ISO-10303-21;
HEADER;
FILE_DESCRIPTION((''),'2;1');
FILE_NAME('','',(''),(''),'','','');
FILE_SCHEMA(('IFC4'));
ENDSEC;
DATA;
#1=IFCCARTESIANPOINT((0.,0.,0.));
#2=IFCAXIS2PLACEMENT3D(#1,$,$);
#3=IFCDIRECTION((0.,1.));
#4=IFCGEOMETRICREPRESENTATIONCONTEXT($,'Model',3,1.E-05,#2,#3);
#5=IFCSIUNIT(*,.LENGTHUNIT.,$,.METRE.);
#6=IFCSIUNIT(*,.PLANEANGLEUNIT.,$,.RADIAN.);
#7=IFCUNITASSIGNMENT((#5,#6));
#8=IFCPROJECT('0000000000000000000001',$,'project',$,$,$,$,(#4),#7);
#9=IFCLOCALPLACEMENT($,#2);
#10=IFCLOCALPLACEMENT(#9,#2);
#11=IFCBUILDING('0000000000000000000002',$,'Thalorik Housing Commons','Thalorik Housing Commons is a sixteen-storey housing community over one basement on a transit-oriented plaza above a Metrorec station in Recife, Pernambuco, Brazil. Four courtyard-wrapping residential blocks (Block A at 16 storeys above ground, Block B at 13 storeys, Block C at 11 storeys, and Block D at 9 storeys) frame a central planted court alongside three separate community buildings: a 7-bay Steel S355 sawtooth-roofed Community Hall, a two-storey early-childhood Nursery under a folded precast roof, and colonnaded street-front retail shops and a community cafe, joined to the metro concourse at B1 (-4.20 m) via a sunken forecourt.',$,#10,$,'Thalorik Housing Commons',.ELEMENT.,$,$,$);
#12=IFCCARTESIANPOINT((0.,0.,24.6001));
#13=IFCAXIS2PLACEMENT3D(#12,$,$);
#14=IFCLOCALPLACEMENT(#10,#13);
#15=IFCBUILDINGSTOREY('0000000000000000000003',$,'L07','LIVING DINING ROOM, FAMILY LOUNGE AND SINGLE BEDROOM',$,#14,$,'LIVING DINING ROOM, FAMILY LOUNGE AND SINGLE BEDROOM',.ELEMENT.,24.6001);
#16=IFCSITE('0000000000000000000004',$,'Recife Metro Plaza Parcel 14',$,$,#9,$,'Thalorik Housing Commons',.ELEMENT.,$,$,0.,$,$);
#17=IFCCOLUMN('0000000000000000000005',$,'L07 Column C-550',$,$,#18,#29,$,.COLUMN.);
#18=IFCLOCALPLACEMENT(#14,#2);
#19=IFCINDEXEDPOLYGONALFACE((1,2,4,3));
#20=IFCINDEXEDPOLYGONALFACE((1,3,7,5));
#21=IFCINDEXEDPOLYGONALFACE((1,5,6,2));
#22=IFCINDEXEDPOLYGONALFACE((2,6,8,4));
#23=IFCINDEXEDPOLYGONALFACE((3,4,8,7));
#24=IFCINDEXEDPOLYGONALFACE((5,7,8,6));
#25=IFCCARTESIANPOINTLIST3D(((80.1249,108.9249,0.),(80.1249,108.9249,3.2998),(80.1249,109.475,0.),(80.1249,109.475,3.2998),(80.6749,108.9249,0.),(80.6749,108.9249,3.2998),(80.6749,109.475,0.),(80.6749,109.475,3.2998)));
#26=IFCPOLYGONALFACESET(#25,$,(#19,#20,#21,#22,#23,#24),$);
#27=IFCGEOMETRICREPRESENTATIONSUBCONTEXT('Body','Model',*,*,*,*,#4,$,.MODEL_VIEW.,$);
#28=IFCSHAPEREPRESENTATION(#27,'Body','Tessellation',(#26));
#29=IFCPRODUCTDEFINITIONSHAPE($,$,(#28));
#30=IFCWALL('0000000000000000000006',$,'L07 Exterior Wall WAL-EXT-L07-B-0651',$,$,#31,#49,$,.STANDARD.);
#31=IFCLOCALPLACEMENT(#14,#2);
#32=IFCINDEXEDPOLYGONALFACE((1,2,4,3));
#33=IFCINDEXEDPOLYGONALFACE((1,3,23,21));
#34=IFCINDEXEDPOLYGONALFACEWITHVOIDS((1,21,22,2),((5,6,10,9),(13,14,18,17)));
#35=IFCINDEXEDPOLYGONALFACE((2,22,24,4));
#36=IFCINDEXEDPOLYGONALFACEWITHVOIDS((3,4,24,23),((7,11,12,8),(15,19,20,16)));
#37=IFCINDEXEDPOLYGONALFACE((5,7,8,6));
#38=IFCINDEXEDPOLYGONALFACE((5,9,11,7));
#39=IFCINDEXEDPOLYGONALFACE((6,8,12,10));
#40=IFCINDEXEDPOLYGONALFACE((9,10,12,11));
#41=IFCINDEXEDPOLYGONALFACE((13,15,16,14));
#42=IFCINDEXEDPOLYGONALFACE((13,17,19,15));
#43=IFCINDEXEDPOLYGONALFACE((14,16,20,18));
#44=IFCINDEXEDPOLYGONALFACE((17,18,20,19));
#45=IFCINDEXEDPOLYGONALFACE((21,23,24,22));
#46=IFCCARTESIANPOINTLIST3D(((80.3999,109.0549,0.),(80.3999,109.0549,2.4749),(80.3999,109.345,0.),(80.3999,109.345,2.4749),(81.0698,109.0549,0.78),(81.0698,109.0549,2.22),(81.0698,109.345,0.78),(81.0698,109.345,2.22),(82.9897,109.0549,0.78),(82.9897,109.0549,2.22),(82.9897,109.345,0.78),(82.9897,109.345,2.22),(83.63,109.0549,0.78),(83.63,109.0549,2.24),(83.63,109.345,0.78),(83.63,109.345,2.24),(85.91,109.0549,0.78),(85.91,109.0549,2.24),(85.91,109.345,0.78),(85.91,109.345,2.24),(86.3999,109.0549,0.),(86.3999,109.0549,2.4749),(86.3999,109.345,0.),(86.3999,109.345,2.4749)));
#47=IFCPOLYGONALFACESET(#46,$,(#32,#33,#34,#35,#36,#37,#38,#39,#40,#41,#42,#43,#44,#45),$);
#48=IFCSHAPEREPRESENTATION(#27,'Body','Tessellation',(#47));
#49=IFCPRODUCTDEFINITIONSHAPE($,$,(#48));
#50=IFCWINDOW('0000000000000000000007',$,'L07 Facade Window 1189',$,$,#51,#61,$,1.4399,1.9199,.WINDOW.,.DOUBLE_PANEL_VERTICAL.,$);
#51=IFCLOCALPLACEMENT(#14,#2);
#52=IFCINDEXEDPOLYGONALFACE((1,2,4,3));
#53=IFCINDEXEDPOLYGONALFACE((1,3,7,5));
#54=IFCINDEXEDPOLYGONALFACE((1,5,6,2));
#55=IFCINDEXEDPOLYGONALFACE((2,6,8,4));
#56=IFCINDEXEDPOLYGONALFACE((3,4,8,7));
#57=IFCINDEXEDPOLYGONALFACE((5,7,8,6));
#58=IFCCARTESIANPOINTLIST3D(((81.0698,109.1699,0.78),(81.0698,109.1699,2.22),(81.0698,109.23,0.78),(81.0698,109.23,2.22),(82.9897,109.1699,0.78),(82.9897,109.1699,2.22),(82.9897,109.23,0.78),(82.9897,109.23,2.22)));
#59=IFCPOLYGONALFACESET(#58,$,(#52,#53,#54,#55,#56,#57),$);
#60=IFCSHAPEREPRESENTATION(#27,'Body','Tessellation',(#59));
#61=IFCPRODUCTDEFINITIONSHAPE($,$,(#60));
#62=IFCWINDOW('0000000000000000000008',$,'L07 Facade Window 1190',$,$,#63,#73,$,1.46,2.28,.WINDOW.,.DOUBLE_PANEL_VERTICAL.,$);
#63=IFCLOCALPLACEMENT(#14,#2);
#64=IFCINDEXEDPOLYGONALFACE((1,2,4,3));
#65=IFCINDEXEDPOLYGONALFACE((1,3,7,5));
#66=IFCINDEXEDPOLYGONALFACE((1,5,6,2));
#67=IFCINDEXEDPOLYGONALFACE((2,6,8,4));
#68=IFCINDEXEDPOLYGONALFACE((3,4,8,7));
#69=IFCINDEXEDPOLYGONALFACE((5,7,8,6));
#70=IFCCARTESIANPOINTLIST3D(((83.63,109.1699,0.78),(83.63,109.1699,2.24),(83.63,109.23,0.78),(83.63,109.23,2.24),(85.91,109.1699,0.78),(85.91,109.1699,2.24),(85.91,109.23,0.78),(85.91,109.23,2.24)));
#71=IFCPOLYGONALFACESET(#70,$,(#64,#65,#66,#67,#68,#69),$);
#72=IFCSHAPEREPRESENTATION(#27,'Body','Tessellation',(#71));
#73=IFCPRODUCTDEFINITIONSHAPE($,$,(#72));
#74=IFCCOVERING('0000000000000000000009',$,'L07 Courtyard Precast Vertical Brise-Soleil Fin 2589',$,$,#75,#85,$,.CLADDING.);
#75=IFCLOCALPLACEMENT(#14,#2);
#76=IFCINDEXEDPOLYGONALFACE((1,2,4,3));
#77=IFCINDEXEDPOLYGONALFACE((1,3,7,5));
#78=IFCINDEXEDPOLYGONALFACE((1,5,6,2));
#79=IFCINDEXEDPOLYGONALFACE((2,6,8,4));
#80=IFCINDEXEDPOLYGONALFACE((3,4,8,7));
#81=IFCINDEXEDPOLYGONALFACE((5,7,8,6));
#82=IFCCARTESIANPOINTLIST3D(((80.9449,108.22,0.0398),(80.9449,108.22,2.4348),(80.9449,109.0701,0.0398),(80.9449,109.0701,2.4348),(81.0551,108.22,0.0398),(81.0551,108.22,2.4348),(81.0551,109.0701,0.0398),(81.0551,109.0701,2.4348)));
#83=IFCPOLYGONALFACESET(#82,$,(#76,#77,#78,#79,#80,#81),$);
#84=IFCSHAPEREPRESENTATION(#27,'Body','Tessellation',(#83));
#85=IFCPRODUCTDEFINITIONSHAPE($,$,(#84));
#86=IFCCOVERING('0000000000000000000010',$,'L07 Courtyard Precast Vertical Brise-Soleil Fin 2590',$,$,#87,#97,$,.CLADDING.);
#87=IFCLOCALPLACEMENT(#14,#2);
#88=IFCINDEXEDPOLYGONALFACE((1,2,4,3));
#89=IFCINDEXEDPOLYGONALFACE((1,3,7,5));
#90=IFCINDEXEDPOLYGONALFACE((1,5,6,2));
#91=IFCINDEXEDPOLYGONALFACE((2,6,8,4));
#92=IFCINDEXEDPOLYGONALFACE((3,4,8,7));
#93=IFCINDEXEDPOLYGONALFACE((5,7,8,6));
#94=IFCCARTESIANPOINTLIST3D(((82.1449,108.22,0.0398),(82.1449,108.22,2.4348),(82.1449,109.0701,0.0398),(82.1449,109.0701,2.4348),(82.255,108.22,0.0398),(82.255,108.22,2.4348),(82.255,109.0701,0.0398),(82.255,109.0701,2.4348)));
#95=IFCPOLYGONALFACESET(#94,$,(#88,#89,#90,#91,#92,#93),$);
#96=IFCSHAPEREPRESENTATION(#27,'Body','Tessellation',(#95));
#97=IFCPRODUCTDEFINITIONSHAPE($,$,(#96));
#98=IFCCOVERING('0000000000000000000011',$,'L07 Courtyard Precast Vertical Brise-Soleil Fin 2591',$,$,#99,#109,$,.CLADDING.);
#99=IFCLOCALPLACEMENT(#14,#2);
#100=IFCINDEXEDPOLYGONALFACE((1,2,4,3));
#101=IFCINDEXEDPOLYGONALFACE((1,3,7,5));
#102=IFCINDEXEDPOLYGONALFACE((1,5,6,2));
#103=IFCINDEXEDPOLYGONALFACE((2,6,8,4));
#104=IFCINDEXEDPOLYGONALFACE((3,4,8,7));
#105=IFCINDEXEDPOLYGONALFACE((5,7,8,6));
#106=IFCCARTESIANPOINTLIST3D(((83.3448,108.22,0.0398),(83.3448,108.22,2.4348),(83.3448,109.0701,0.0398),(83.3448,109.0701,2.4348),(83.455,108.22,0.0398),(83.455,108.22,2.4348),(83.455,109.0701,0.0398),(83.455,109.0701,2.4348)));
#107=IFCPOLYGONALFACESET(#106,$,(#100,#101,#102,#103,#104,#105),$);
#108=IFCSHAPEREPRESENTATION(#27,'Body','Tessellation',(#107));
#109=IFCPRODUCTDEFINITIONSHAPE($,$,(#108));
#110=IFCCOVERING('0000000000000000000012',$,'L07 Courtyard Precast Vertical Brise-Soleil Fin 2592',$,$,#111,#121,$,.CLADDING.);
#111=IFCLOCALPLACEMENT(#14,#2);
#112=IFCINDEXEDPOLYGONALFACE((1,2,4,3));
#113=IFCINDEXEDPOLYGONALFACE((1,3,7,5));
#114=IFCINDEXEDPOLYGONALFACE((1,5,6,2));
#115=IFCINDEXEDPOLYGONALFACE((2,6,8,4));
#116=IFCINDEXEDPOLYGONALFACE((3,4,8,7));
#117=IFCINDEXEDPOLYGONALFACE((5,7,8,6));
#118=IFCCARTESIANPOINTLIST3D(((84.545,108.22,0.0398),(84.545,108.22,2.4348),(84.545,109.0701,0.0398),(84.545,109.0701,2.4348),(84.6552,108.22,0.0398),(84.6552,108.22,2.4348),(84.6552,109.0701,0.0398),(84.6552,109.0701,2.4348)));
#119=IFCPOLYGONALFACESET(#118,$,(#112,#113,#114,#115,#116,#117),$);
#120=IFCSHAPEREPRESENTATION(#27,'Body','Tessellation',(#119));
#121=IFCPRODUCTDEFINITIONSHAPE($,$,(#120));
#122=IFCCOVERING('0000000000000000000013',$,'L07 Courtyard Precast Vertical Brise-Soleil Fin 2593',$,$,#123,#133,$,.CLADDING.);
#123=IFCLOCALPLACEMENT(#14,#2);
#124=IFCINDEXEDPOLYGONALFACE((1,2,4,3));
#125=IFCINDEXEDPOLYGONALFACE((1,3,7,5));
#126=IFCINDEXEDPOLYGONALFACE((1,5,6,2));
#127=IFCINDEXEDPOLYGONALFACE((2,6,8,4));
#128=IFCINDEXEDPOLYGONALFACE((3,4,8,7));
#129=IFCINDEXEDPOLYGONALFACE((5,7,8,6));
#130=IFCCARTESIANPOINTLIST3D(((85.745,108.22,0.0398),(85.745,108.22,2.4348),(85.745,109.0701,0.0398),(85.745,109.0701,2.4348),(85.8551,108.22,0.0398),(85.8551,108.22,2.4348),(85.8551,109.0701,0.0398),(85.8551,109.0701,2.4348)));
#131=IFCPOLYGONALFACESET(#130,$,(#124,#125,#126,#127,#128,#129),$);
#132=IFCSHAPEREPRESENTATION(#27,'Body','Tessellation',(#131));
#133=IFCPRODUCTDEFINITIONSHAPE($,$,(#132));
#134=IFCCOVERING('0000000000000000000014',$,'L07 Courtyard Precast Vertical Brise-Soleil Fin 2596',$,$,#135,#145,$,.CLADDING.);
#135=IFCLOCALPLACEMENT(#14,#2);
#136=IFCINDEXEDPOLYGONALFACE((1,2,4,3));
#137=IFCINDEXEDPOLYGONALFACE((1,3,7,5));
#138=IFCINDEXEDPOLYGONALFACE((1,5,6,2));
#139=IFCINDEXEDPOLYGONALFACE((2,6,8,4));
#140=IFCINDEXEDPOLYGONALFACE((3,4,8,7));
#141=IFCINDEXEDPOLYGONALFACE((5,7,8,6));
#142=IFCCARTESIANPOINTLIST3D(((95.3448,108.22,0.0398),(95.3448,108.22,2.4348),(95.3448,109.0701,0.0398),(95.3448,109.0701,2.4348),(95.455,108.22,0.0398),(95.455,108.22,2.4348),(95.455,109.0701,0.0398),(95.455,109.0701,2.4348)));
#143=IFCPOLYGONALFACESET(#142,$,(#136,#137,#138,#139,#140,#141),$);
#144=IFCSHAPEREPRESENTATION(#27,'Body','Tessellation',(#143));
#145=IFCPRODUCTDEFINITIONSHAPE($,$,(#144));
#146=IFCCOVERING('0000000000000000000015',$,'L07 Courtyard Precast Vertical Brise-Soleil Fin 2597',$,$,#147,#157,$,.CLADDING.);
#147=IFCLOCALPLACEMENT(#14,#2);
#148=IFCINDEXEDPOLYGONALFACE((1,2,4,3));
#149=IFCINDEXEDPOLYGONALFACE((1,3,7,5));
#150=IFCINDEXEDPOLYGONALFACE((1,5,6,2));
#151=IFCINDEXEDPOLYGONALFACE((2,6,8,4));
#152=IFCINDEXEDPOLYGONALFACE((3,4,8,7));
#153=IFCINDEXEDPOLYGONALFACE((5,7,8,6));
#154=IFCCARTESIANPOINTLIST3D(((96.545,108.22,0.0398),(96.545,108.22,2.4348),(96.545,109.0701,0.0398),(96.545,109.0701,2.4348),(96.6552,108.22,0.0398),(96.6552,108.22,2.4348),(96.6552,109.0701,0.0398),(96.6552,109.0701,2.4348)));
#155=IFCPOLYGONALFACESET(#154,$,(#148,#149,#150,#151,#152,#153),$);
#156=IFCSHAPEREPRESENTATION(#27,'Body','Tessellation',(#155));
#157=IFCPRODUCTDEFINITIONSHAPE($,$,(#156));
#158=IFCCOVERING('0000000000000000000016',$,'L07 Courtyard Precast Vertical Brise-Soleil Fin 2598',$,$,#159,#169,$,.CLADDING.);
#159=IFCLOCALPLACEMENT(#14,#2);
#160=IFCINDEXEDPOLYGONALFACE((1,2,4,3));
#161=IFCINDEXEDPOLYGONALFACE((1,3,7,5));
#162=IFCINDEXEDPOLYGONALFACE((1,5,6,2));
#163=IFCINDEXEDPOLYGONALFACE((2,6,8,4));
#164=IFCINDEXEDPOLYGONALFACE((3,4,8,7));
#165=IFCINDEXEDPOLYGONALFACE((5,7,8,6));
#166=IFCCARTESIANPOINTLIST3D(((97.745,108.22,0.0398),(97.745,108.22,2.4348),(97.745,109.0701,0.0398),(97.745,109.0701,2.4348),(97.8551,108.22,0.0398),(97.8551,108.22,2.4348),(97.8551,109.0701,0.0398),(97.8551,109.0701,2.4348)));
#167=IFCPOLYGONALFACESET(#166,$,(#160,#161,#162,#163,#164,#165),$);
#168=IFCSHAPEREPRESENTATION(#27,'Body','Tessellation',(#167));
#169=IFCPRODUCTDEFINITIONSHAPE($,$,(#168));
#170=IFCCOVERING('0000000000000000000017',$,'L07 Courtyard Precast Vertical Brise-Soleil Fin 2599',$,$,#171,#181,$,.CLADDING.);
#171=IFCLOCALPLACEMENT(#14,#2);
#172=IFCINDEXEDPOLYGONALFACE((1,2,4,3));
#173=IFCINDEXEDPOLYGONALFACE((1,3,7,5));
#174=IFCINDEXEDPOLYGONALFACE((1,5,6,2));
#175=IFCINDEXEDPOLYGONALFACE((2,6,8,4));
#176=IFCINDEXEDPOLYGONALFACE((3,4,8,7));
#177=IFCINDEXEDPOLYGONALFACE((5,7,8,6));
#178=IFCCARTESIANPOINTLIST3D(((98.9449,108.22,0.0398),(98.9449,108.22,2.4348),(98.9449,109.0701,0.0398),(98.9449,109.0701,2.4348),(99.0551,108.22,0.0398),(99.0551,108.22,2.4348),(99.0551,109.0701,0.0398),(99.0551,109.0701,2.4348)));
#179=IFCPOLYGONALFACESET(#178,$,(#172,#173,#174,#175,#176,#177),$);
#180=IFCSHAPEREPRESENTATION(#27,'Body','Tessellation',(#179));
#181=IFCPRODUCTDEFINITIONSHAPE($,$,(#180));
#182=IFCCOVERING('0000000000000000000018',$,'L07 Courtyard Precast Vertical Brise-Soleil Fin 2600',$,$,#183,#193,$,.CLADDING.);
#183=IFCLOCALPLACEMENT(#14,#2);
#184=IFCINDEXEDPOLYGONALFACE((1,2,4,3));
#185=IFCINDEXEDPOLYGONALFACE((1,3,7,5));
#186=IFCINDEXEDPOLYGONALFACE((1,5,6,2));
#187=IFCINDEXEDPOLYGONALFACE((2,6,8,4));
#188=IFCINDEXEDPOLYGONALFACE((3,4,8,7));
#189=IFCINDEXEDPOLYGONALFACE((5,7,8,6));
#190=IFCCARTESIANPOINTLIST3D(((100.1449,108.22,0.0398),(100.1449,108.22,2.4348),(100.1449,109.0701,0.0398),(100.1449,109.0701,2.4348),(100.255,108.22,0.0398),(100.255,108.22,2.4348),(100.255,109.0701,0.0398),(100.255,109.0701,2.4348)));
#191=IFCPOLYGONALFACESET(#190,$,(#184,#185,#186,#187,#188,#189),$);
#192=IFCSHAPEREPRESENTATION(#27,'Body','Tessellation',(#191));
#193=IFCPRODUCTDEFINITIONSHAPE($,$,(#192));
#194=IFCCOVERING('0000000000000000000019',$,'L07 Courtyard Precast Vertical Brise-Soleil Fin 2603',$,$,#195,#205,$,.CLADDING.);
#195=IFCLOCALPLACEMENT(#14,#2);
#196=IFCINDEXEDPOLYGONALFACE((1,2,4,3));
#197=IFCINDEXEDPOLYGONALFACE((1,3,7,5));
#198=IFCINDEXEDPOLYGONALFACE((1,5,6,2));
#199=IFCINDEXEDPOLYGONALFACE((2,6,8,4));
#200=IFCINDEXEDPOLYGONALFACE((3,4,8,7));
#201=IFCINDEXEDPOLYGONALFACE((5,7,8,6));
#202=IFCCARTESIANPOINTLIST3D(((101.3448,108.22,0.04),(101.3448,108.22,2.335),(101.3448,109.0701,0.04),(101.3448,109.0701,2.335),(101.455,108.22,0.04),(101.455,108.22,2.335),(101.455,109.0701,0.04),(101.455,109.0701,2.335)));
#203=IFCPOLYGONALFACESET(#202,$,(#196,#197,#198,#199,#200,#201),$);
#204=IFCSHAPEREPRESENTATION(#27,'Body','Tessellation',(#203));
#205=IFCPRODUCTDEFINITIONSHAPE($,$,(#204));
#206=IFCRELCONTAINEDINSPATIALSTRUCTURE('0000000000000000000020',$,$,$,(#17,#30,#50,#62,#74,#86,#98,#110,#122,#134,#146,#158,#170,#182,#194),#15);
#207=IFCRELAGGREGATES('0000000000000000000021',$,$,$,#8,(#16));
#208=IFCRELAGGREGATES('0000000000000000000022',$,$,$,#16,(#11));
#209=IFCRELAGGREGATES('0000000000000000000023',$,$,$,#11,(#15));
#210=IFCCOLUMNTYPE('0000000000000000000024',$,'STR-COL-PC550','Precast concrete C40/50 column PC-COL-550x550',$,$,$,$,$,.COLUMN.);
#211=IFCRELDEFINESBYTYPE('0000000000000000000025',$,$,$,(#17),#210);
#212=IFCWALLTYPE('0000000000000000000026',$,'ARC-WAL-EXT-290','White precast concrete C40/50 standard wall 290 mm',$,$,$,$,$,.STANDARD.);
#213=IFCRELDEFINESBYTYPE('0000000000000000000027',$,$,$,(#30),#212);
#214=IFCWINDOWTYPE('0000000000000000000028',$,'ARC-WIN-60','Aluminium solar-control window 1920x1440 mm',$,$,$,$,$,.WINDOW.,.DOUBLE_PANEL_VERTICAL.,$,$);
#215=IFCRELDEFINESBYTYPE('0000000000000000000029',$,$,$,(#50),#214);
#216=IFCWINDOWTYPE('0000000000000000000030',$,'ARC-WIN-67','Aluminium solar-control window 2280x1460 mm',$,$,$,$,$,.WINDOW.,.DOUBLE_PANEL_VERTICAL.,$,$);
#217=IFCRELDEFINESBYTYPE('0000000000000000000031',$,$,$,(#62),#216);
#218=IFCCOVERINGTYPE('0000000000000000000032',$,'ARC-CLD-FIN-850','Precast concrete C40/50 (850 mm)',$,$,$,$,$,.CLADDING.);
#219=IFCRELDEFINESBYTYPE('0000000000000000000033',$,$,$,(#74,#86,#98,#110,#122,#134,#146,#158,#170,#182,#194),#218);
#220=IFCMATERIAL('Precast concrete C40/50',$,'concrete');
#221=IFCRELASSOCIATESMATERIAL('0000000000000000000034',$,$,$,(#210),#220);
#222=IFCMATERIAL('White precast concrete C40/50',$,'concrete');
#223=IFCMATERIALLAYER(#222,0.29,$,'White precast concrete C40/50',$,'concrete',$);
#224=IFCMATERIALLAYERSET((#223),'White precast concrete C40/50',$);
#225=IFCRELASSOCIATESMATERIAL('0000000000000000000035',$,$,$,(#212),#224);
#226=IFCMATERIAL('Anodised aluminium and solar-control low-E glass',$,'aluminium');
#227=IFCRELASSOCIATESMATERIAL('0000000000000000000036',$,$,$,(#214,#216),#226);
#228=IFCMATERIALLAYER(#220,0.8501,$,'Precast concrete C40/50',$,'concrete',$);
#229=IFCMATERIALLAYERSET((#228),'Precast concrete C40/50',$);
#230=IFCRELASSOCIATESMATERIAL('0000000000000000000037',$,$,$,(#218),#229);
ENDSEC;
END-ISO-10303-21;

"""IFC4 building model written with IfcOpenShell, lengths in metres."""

from ifc_helpers import new_model, si_unit, direction, frame, frame_2d, origin, origin_2d, place, context, subcontext, project, spatial, rectangle, extrude, material, layer, layer_set, material_profile, profile_set, type_object, element, fill, save


model = new_model("IFC4")

# Units and contexts
model_context = context("Model", 3, precision=1e-05, world=origin(), true_north=direction((0.0, 1.0)))
body_context = subcontext(model_context, "Body", "Model", "MODEL_VIEW")
ifc_project = project(units=[si_unit("LENGTHUNIT", "METRE"), si_unit("PLANEANGLEUNIT", "RADIAN")], contexts=[model_context])

# Site, building, storey
site_placement = place(None, origin())
site = spatial("IfcSite", under=ifc_project, at=site_placement, Name="Recife Metro Plaza Parcel 14", LongName="Thalorik Housing Commons", CompositionType="ELEMENT", RefElevation=0.0)
building_placement = place(site_placement, origin())
building = spatial("IfcBuilding", under=site, at=building_placement, Name="Thalorik Housing Commons", Description="Thalorik Housing Commons is a sixteen-storey housing community over one basement on a transit-oriented plaza above a Metrorec station in Recife, Pernambuco, Brazil. Four courtyard-wrapping residential blocks (Block A at 16 storeys above ground, Block B at 13 storeys, Block C at 11 storeys, and Block D at 9 storeys) frame a central planted court alongside three separate community buildings: a 7-bay Steel S355 sawtooth-roofed Community Hall, a two-storey early-childhood Nursery under a folded precast roof, and colonnaded street-front retail shops and a community cafe, joined to the metro concourse at B1 (-4.20 m) via a sunken forecourt.", LongName="Thalorik Housing Commons", CompositionType="ELEMENT")
storey_placement = place(building_placement, frame((0.0, 0.0, 24.6001)))
storey = spatial("IfcBuildingStorey", under=building, at=storey_placement, Name="L07", Description="LIVING DINING ROOM, FAMILY LOUNGE AND SINGLE BEDROOM", LongName="LIVING DINING ROOM, FAMILY LOUNGE AND SINGLE BEDROOM", CompositionType="ELEMENT", Elevation=24.6001)

# Column
ifc_material_1 = material(Name="Precast concrete C40/50", Category="concrete")
ifc_material_profile = material_profile(ifc_material_1, rectangle(XDim=0.55, YDim=0.55, at=origin_2d()), Name="PC 550x550", Category="concrete")
ifc_profile_set = profile_set([ifc_material_profile], Name="Precast concrete C40/50")
column_type = type_object("IfcColumnType", Name="STR-COL-PC550", Description="Precast concrete C40/50 column PC-COL-550x550", PredefinedType="COLUMN", material=ifc_profile_set)
column_placement = place(storey_placement, frame((80.3999, 109.2, 0.0), z_axis=(0.0, 0.0, 1.0), x_axis=(1.0, 0.0, 0.0)))
element("IfcColumn", 1, at=column_placement, inside=storey, type_object=column_type, Name="L07 Column C-550", PredefinedType="COLUMN", context=body_context, shape_type="SweptSolid", body=[
    extrude(rectangle(XDim=0.55, YDim=0.55, at=origin_2d()), origin(), (0.0, 0.0, 1.0), 3.2998),
])

# Wall, openings, windows
ifc_material_2 = material(Name="White precast concrete C40/50", Category="concrete")
ifc_layer_1 = layer(ifc_material_2, 0.29, Name="White precast concrete C40/50", Category="concrete")
ifc_layer_set_1 = layer_set([ifc_layer_1], Name="White precast concrete C40/50")
wall_type = type_object("IfcWallType", Name="ARC-WAL-EXT-290", Description="White precast concrete C40/50 standard wall 290 mm", PredefinedType="STANDARD", material=ifc_layer_set_1)
wall_placement = place(storey_placement, frame((80.3999, 109.2, 0.0), z_axis=(0.0, 0.0, 1.0), x_axis=(1.0, 0.0, 0.0)))
wall = element("IfcWall", 2, at=wall_placement, inside=storey, type_object=wall_type, Name="L07 Exterior Wall WAL-EXT-L07-B-0651", PredefinedType="STANDARD", context=body_context, shape_type="SweptSolid", body=[
    extrude(rectangle(XDim=6.0, YDim=0.29, at=frame_2d((3.0, 0.0))), origin(), (0.0, 0.0, 1.0), 2.4749),
])
opening_1_placement = place(wall_placement, frame((0.6699, 0.0, 0.78)))
opening_1 = element("IfcOpeningElement", 3, at=opening_1_placement, cuts=wall, PredefinedType="OPENING", context=body_context, shape_type="SweptSolid", body=[
    extrude(rectangle(XDim=1.9199, YDim=1.4399, at=frame_2d((0.96, 0.72))), frame((0.0, 0.155, 0.0), z_axis=(0.0, -1.0, 0.0), x_axis=(1.0, 0.0, 0.0)), (0.0, 0.0, 1.0), 0.3101),
])
opening_2_placement = place(wall_placement, frame((3.23, 0.0, 0.78)))
opening_2 = element("IfcOpeningElement", 4, at=opening_2_placement, cuts=wall, PredefinedType="OPENING", context=body_context, shape_type="SweptSolid", body=[
    extrude(rectangle(XDim=2.28, YDim=1.46, at=frame_2d((1.1401, 0.73))), frame((0.0, 0.155, 0.0), z_axis=(0.0, -1.0, 0.0), x_axis=(1.0, 0.0, 0.0)), (0.0, 0.0, 1.0), 0.3101),
])
ifc_material_3 = material(Name="Anodised aluminium and solar-control low-E glass", Category="aluminium")
window_type_1 = type_object("IfcWindowType", Name="ARC-WIN-60", Description="Aluminium solar-control window 1920x1440 mm", PartitioningType="DOUBLE_PANEL_VERTICAL", PredefinedType="WINDOW", material=ifc_material_3)
window_1_placement = place(opening_1_placement, origin())
window_1 = element("IfcWindow", 5, at=window_1_placement, inside=storey, type_object=window_type_1, Name="L07 Facade Window 1189", OverallHeight=1.4399, OverallWidth=1.9199, PartitioningType="DOUBLE_PANEL_VERTICAL", PredefinedType="WINDOW", context=body_context, shape_type="SweptSolid", body=[
    extrude(rectangle(XDim=1.9199, YDim=1.4399, at=frame_2d((0.96, 0.72))), frame((0.0, 0.03, 0.0), z_axis=(0.0, -1.0, 0.0), x_axis=(1.0, 0.0, 0.0)), (0.0, 0.0, 1.0), 0.0601),
])
fill(opening_1, window_1)
window_type_2 = type_object("IfcWindowType", Name="ARC-WIN-67", Description="Aluminium solar-control window 2280x1460 mm", PartitioningType="DOUBLE_PANEL_VERTICAL", PredefinedType="WINDOW", material=ifc_material_3)
window_2_placement = place(opening_2_placement, origin())
window_2 = element("IfcWindow", 6, at=window_2_placement, inside=storey, type_object=window_type_2, Name="L07 Facade Window 1190", OverallHeight=1.46, OverallWidth=2.28, PartitioningType="DOUBLE_PANEL_VERTICAL", PredefinedType="WINDOW", context=body_context, shape_type="SweptSolid", body=[
    extrude(rectangle(XDim=2.28, YDim=1.46, at=frame_2d((1.1401, 0.73))), frame((0.0, 0.03, 0.0), z_axis=(0.0, -1.0, 0.0), x_axis=(1.0, 0.0, 0.0)), (0.0, 0.0, 1.0), 0.0601),
])
fill(opening_2, window_2)

# Coverings
ifc_layer_2 = layer(ifc_material_1, 0.8501, Name="Precast concrete C40/50", Category="concrete")
ifc_layer_set_2 = layer_set([ifc_layer_2], Name="Precast concrete C40/50")
covering_type_1 = type_object("IfcCoveringType", Name="ARC-CLD-FIN-850", Description="Precast concrete C40/50 (850 mm)", PredefinedType="CLADDING", material=ifc_layer_set_2)
for number, where, z_axis, x_axis, name in (
    (7, (81.0, 108.645, 0.0398), (0.0, 0.0, 1.0), (1.0, 0.0, 0.0), "L07 Courtyard Precast Vertical Brise-Soleil Fin 2589"),
    (8, (82.2, 108.645, 0.0398), (0.0, 0.0, 1.0), (1.0, 0.0, 0.0), "L07 Courtyard Precast Vertical Brise-Soleil Fin 2590"),
    (9, (83.3999, 108.645, 0.0398), (0.0, 0.0, 1.0), (1.0, 0.0, 0.0), "L07 Courtyard Precast Vertical Brise-Soleil Fin 2591"),
    (10, (84.6001, 108.645, 0.0398), (0.0, 0.0, 1.0), (1.0, 0.0, 0.0), "L07 Courtyard Precast Vertical Brise-Soleil Fin 2592"),
    (11, (85.8, 108.645, 0.0398), (0.0, 0.0, 1.0), (1.0, 0.0, 0.0), "L07 Courtyard Precast Vertical Brise-Soleil Fin 2593"),
    (12, (95.3999, 108.645, 0.0398), (0.0, 0.0, 1.0), (1.0, 0.0, 0.0), "L07 Courtyard Precast Vertical Brise-Soleil Fin 2596"),
    (13, (96.6001, 108.645, 0.0398), (0.0, 0.0, 1.0), (1.0, 0.0, 0.0), "L07 Courtyard Precast Vertical Brise-Soleil Fin 2597"),
    (14, (97.8, 108.645, 0.0398), (0.0, 0.0, 1.0), (1.0, 0.0, 0.0), "L07 Courtyard Precast Vertical Brise-Soleil Fin 2598"),
    (15, (99.0, 108.645, 0.0398), (0.0, 0.0, 1.0), (1.0, 0.0, 0.0), "L07 Courtyard Precast Vertical Brise-Soleil Fin 2599"),
    (16, (100.2, 108.645, 0.0398), (0.0, 0.0, 1.0), (1.0, 0.0, 0.0), "L07 Courtyard Precast Vertical Brise-Soleil Fin 2600"),
):
    element("IfcCovering", number, at=place(storey_placement, frame(where, z_axis=z_axis, x_axis=x_axis)), inside=storey, type_object=covering_type_1, Name=name, PredefinedType="CLADDING", context=body_context, shape_type="SweptSolid", body=[
        extrude(rectangle(XDim=0.1101, YDim=0.8501, at=origin_2d()), origin(), (0.0, 0.0, 1.0), 2.395),
    ])
for number, where, z_axis, x_axis, name in (
    (17, (101.3999, 108.645, 0.04), (0.0, 0.0, 1.0), (1.0, 0.0, 0.0), "L07 Courtyard Precast Vertical Brise-Soleil Fin 2603"),
):
    element("IfcCovering", number, at=place(storey_placement, frame(where, z_axis=z_axis, x_axis=x_axis)), inside=storey, type_object=covering_type_1, Name=name, PredefinedType="CLADDING", context=body_context, shape_type="SweptSolid", body=[
        extrude(rectangle(XDim=0.1101, YDim=0.8501, at=origin_2d()), origin(), (0.0, 0.0, 1.0), 2.2949),
    ])

save(model, "model.ifc")
